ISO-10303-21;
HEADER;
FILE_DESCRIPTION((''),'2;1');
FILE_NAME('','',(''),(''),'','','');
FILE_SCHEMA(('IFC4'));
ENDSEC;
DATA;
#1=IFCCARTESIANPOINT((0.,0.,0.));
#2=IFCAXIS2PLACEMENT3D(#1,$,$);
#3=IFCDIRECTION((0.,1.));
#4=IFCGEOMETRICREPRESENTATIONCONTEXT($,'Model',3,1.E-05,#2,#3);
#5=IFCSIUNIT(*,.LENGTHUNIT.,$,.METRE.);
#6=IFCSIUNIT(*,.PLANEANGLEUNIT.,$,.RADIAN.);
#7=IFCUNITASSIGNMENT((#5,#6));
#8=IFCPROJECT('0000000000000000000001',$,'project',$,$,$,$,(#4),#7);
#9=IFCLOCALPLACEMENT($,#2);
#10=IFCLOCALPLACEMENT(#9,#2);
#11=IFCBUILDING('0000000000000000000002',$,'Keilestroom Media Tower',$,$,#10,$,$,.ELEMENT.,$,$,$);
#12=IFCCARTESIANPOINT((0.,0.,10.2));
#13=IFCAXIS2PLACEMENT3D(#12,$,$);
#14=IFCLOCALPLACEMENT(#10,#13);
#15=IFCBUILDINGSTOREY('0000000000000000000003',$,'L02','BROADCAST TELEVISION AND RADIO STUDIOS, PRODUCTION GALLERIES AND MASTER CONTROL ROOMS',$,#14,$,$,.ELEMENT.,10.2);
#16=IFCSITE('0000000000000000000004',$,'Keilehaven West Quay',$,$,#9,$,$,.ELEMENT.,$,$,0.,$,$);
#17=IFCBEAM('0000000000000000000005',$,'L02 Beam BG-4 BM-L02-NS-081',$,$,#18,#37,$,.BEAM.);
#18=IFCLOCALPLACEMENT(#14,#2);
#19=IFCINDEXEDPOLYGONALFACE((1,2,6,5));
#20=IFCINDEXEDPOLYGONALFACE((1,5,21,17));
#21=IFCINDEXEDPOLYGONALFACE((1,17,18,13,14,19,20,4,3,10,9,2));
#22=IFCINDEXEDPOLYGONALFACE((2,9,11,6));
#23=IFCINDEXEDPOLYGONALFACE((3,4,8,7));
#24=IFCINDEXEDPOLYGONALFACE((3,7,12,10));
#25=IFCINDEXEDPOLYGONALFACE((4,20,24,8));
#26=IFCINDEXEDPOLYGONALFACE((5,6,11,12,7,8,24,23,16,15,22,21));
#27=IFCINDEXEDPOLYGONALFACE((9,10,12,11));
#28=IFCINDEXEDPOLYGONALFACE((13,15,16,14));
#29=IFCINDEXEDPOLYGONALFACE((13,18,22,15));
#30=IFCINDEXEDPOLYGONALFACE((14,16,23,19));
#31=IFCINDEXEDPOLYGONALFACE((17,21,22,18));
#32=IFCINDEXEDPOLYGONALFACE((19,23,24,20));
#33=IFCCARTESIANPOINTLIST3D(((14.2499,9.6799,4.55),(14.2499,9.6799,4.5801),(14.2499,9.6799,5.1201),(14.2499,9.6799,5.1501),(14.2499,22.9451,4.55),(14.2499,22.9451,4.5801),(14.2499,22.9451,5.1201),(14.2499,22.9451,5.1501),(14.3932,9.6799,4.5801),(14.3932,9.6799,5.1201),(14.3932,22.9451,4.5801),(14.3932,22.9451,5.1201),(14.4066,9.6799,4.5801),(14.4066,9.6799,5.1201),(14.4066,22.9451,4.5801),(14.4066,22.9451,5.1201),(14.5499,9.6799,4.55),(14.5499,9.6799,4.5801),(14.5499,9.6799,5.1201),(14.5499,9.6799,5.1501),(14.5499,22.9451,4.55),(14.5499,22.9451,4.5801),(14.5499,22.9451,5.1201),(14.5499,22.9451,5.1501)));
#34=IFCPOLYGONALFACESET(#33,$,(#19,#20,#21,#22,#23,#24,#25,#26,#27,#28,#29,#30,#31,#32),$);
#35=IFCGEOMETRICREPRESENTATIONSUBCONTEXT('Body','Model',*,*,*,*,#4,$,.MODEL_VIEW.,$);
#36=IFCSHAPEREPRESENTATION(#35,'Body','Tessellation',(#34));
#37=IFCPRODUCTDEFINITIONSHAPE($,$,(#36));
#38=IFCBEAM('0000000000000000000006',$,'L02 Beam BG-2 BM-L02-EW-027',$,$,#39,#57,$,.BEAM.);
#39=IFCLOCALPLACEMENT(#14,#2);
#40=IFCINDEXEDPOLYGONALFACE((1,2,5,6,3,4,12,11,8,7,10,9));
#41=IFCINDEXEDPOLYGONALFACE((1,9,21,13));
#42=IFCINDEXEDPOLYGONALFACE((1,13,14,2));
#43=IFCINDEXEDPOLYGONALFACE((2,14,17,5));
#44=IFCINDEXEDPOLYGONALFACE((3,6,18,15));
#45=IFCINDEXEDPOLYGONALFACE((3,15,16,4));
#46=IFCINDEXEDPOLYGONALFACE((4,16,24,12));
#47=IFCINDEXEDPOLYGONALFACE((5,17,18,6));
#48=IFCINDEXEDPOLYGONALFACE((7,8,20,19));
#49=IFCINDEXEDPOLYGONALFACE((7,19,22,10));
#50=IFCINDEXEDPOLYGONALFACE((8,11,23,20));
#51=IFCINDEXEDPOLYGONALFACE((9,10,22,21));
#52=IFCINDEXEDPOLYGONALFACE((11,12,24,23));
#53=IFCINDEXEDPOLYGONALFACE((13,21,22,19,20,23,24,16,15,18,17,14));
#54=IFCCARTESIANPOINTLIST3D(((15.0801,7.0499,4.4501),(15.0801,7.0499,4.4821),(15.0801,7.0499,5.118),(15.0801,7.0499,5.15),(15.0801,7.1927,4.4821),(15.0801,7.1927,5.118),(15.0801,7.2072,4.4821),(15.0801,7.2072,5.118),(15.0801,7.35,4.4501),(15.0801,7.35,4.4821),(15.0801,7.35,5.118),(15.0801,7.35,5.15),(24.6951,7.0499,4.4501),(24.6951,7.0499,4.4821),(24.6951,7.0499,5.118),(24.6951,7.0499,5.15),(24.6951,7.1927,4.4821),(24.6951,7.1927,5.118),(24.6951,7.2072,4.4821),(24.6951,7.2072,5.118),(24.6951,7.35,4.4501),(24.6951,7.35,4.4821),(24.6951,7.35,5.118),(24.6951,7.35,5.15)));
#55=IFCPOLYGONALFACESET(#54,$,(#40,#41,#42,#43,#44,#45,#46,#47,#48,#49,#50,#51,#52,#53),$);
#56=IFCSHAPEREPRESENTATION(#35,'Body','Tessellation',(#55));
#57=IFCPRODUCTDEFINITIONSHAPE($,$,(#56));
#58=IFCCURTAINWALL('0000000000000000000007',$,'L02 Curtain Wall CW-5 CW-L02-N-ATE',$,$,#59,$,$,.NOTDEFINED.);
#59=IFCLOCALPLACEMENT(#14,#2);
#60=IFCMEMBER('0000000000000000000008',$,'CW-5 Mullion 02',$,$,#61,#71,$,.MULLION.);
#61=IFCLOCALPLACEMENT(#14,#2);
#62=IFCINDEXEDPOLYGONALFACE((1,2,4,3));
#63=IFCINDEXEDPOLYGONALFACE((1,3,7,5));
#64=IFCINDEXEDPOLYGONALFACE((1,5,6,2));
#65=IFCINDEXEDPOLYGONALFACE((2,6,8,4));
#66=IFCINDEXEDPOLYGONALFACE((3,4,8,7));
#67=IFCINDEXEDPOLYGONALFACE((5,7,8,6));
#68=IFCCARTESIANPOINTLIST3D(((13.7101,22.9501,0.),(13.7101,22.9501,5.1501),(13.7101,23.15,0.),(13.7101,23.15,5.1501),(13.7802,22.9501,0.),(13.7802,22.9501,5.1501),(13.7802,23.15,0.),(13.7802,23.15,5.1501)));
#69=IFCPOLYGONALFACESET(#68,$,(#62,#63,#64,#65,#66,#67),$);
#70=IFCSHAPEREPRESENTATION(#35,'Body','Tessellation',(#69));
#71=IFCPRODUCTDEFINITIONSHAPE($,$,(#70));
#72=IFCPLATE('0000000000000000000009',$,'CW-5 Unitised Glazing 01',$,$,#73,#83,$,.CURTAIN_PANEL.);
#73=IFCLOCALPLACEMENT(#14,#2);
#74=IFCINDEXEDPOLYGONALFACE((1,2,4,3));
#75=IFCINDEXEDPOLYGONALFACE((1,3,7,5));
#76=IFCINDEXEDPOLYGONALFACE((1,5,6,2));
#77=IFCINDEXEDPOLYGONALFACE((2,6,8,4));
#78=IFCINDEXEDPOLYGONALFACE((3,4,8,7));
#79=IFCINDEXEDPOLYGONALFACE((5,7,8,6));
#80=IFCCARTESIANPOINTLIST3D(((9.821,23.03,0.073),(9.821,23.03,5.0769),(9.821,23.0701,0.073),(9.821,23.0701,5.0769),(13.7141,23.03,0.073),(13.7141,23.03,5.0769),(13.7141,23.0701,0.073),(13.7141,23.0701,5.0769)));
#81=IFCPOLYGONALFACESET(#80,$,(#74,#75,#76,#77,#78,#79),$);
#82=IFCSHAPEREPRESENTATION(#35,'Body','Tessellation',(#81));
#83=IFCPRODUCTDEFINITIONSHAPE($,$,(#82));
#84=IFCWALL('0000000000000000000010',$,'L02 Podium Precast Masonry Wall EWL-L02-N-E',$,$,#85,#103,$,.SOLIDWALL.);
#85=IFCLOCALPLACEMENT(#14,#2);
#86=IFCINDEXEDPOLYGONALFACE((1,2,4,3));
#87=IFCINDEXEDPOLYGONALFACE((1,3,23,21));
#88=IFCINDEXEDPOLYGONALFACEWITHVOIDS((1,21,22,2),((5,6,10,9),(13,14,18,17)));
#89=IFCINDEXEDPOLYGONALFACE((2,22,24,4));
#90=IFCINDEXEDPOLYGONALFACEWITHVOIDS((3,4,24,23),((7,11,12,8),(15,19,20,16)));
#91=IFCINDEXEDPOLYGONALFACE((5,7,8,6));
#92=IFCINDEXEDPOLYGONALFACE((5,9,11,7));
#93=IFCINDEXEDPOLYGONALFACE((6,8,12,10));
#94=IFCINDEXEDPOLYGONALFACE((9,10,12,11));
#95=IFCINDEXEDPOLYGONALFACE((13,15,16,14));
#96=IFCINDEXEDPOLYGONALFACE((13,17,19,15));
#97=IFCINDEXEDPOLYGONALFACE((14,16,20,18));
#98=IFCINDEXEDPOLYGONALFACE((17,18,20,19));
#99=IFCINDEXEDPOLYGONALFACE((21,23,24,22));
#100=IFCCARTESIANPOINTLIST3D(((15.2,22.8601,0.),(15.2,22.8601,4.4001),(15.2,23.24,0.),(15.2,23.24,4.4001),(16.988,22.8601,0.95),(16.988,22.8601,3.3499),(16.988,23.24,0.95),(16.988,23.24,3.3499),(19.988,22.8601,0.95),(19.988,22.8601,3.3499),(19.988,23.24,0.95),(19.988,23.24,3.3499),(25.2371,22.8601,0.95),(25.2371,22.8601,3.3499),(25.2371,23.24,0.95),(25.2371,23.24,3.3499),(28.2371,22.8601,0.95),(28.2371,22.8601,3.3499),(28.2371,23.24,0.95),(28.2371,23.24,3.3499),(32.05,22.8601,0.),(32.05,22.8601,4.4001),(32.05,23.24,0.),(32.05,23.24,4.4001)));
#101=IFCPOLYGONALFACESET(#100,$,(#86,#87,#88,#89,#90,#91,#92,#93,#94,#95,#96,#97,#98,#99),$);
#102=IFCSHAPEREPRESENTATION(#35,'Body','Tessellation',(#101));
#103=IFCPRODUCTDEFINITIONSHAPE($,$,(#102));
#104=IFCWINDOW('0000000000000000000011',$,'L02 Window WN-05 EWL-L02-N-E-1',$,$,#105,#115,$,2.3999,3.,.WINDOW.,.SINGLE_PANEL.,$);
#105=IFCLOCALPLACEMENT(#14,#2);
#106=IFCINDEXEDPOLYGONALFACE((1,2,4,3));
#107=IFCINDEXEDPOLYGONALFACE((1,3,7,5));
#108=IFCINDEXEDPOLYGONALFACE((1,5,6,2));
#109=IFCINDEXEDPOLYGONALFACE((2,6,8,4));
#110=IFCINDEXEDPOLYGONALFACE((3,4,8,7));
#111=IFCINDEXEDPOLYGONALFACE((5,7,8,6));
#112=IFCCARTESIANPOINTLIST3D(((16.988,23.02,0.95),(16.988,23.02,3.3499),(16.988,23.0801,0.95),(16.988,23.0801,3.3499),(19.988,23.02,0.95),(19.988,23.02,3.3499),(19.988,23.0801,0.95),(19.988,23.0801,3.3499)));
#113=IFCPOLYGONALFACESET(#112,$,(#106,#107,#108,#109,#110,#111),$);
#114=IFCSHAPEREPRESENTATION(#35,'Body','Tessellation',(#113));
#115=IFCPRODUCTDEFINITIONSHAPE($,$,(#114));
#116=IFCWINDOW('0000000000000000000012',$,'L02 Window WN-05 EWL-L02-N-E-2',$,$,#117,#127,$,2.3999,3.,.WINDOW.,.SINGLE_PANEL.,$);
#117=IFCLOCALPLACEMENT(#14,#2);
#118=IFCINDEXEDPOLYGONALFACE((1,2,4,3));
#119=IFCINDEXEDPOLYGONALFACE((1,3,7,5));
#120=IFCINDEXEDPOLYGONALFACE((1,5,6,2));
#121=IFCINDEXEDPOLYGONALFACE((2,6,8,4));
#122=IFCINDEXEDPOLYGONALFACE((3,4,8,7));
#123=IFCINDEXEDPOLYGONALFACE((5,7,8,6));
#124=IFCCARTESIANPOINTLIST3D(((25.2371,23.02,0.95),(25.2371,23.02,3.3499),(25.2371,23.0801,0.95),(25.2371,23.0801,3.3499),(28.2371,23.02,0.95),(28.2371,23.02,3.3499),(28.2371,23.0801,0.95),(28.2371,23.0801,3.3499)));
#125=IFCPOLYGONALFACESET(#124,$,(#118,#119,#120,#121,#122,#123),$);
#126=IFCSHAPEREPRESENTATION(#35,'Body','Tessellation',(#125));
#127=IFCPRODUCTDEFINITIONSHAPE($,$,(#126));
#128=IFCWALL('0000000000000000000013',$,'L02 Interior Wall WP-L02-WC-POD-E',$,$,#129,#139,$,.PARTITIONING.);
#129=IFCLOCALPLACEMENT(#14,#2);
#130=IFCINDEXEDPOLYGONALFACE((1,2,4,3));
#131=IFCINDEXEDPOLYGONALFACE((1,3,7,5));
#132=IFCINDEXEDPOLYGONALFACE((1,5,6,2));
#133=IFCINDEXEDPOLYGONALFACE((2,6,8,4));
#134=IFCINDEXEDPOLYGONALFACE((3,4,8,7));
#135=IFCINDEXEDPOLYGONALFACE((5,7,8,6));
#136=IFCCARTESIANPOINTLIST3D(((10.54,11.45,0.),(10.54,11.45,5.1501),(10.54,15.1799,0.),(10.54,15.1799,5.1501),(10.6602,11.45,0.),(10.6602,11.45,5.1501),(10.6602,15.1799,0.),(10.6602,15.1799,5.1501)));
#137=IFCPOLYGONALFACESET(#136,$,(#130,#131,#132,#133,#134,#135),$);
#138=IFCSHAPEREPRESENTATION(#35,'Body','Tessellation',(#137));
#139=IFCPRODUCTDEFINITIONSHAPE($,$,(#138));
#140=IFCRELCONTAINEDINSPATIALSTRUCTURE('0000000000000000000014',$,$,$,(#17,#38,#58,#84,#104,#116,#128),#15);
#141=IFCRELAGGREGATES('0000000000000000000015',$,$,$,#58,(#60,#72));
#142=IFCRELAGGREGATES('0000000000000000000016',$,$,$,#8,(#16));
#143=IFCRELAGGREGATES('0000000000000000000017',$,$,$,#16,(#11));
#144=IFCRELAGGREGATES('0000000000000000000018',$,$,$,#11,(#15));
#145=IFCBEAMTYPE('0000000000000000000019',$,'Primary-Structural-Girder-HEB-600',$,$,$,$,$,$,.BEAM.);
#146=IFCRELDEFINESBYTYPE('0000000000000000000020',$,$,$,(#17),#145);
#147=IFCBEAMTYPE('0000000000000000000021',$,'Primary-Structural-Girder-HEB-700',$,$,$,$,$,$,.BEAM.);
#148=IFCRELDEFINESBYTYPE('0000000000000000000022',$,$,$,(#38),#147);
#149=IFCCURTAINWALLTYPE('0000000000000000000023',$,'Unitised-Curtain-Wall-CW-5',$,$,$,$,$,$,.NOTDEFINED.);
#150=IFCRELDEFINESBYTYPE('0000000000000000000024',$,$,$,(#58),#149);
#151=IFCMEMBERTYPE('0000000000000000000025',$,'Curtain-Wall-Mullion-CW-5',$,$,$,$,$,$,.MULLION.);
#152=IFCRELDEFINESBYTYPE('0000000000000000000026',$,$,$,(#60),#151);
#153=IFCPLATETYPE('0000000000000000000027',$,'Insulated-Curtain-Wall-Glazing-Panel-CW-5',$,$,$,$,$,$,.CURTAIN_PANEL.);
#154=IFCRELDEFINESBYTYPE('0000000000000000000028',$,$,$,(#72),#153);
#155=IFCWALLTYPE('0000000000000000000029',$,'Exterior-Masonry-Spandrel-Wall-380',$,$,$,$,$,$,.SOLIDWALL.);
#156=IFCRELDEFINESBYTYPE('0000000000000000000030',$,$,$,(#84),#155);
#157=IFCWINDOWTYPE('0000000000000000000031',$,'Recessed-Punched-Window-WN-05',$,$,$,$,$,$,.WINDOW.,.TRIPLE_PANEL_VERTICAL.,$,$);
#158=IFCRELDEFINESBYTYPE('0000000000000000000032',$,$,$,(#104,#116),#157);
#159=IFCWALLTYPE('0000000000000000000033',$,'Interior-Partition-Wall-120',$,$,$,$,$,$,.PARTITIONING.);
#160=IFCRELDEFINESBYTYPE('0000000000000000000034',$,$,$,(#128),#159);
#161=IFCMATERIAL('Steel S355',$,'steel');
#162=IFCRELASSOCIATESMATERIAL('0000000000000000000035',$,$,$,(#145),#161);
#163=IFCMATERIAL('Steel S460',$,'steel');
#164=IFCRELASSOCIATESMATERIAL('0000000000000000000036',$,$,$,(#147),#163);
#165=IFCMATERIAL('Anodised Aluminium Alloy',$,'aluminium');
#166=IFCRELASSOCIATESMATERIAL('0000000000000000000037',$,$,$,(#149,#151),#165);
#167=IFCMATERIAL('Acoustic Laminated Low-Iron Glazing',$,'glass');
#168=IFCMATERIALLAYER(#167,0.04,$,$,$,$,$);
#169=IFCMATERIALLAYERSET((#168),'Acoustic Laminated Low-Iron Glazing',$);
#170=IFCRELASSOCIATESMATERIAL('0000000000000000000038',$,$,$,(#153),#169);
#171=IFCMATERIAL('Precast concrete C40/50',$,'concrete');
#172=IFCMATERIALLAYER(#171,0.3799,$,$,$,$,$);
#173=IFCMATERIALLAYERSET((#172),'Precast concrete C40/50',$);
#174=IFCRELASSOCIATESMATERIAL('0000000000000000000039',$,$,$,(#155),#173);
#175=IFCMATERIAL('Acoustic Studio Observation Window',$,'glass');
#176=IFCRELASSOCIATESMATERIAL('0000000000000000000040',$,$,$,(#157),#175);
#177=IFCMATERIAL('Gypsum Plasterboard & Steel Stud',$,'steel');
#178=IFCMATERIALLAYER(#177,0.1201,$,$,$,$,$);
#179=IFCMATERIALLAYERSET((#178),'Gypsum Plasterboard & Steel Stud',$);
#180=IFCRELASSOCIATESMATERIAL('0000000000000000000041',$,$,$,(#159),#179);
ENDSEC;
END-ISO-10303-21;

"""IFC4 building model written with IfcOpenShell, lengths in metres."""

from ifc_helpers import new_model, si_unit, direction, frame, frame_2d, origin, origin_2d, place, context, subcontext, project, spatial, rectangle, i_section, extrude, source, transform, mapped, material, layer, layer_set, material_profile, profile_set, type_object, element, fill, aggregate, save


model = new_model("IFC4")

# Units and contexts
model_context = context("Model", 3, precision=1e-05, world=origin(), true_north=direction((0.0, 1.0)))
body_context = subcontext(model_context, "Body", "Model", "MODEL_VIEW")
ifc_project = project(units=[si_unit("LENGTHUNIT", "METRE"), si_unit("PLANEANGLEUNIT", "RADIAN")], contexts=[model_context])

# Site, building, storey
site_placement = place(None, origin())
site = spatial("IfcSite", under=ifc_project, at=site_placement, Name="Keilehaven West Quay", CompositionType="ELEMENT", RefElevation=0.0)
building_placement = place(site_placement, origin())
building = spatial("IfcBuilding", under=site, at=building_placement, Name="Keilestroom Media Tower", CompositionType="ELEMENT")
storey_placement = place(building_placement, frame((0.0, 0.0, 10.2)))
storey = spatial("IfcBuildingStorey", under=building, at=storey_placement, Name="L02", Description="BROADCAST TELEVISION AND RADIO STUDIOS, PRODUCTION GALLERIES AND MASTER CONTROL ROOMS", CompositionType="ELEMENT", Elevation=10.2)

# Shared definitions
ifc_material_1 = material(Name="Precast concrete C40/50", Category="concrete")

# Beams
ifc_material_2 = material(Name="Steel S355", Category="steel")
ifc_material_profile_1 = material_profile(ifc_material_2, i_section(OverallWidth=0.3, OverallDepth=0.6001, WebThickness=0.0134, FlangeThickness=0.03, at=origin_2d()), Name="HEB 600")
ifc_profile_set_1 = profile_set([ifc_material_profile_1], Name="Steel S355")
beam_type_1 = type_object("IfcBeamType", Name="Primary-Structural-Girder-HEB-600", PredefinedType="BEAM", material=ifc_profile_set_1)
shared_shape_1 = source(origin(), body_context, "Body", "SweptSolid", [
    extrude(i_section(OverallWidth=0.3, OverallDepth=0.6001, WebThickness=0.0134, FlangeThickness=0.03, at=origin_2d()), origin(), (0.0, 0.0, 1.0), 13.2651),
])
beam_1_placement = place(storey_placement, frame((14.3999, 9.6799, 4.8501), z_axis=(0.0, 1.0, 0.0), x_axis=(-1.0, 0.0, 0.0)))
element("IfcBeam", 1, at=beam_1_placement, inside=storey, type_object=beam_type_1, Name="L02 Beam BG-4 BM-L02-NS-081", PredefinedType="BEAM", context=body_context, shape_type="MappedRepresentation", body=[
    mapped(shared_shape_1, transform((0.0, 0.0, 0.0), x_axis=(1.0, 0.0, 0.0), y_axis=(0.0, 1.0, 0.0), z_axis=(0.0, 0.0, 1.0), scale=1.0)),
])
ifc_material_3 = material(Name="Steel S460", Category="steel")
ifc_material_profile_2 = material_profile(ifc_material_3, i_section(OverallWidth=0.3, OverallDepth=0.7, WebThickness=0.0144, FlangeThickness=0.032, at=origin_2d()), Name="HEB 700")
ifc_profile_set_2 = profile_set([ifc_material_profile_2], Name="Steel S460")
beam_type_2 = type_object("IfcBeamType", Name="Primary-Structural-Girder-HEB-700", PredefinedType="BEAM", material=ifc_profile_set_2)
shared_shape_2 = source(origin(), body_context, "Body", "SweptSolid", [
    extrude(i_section(OverallWidth=0.3, OverallDepth=0.7, WebThickness=0.0144, FlangeThickness=0.032, at=origin_2d()), origin(), (0.0, 0.0, 1.0), 9.615),
])
beam_2_placement = place(storey_placement, frame((15.0801, 7.2, 4.8), z_axis=(1.0, 0.0, 0.0), x_axis=(0.0, 1.0, 0.0)))
element("IfcBeam", 2, at=beam_2_placement, inside=storey, type_object=beam_type_2, Name="L02 Beam BG-2 BM-L02-EW-027", PredefinedType="BEAM", context=body_context, shape_type="MappedRepresentation", body=[
    mapped(shared_shape_2, transform((0.0, 0.0, 0.0), x_axis=(1.0, 0.0, 0.0), y_axis=(0.0, 1.0, 0.0), z_axis=(0.0, 0.0, 1.0), scale=1.0)),
])

# Curtain wall, member, plate
ifc_material_4 = material(Name="Anodised Aluminium Alloy", Category="aluminium")
curtain_wall_type = type_object("IfcCurtainWallType", Name="Unitised-Curtain-Wall-CW-5", PredefinedType="NOTDEFINED", material=ifc_material_4)
curtain_wall_placement = place(storey_placement, origin())
curtain_wall = element("IfcCurtainWall", 3, at=curtain_wall_placement, inside=storey, type_object=curtain_wall_type, Name="L02 Curtain Wall CW-5 CW-L02-N-ATE", PredefinedType="NOTDEFINED")
ifc_material_profile_3 = material_profile(ifc_material_4, rectangle(XDim=0.0701, YDim=0.2, at=origin_2d()), Name="ALU MULLION 70x200")
ifc_profile_set_3 = profile_set([ifc_material_profile_3], Name="Anodised Aluminium Alloy")
member_type = type_object("IfcMemberType", Name="Curtain-Wall-Mullion-CW-5", PredefinedType="MULLION", material=ifc_profile_set_3)
shared_shape_3 = source(origin(), body_context, "Body", "SweptSolid", [
    extrude(rectangle(XDim=0.0701, YDim=0.2, at=origin_2d()), origin(), (0.0, 0.0, 1.0), 5.1501),
])
member_placement = place(storey_placement, frame((13.7451, 23.05, 0.0), z_axis=(0.0, 0.0, 1.0), x_axis=(1.0, 0.0, 0.0)))
member = element("IfcMember", 4, at=member_placement, type_object=member_type, Name="CW-5 Mullion 02", PredefinedType="MULLION", context=body_context, shape_type="MappedRepresentation", body=[
    mapped(shared_shape_3, transform((0.0, 0.0, 0.0), x_axis=(1.0, 0.0, 0.0), y_axis=(0.0, 1.0, 0.0), z_axis=(0.0, 0.0, 1.0), scale=1.0)),
])
ifc_material_5 = material(Name="Acoustic Laminated Low-Iron Glazing", Category="glass")
ifc_layer_1 = layer(ifc_material_5, 0.04)
ifc_layer_set_1 = layer_set([ifc_layer_1], Name="Acoustic Laminated Low-Iron Glazing")
plate_type = type_object("IfcPlateType", Name="Insulated-Curtain-Wall-Glazing-Panel-CW-5", PredefinedType="CURTAIN_PANEL", material=ifc_layer_set_1)
shared_shape_4 = source(origin(), body_context, "Body", "SweptSolid", [
    extrude(rectangle(XDim=3.8931, YDim=0.04, at=origin_2d()), origin(), (0.0, 0.0, 1.0), 5.0039),
])
plate_placement = place(storey_placement, frame((11.7676, 23.05, 0.073), z_axis=(0.0, 0.0, 1.0), x_axis=(1.0, 0.0, 0.0)))
plate = element("IfcPlate", 5, at=plate_placement, type_object=plate_type, Name="CW-5 Unitised Glazing 01", PredefinedType="CURTAIN_PANEL", context=body_context, shape_type="MappedRepresentation", body=[
    mapped(shared_shape_4, transform((0.0, 0.0, 0.0), x_axis=(1.0, 0.0, 0.0), y_axis=(0.0, 1.0, 0.0), z_axis=(0.0, 0.0, 1.0), scale=1.0)),
])
aggregate(curtain_wall, [member, plate])

# Wall, openings, windows
ifc_layer_2 = layer(ifc_material_1, 0.3799)
ifc_layer_set_2 = layer_set([ifc_layer_2], Name="Precast concrete C40/50")
wall_type_1 = type_object("IfcWallType", Name="Exterior-Masonry-Spandrel-Wall-380", PredefinedType="SOLIDWALL", material=ifc_layer_set_2)
wall_1_placement = place(storey_placement, frame((15.2, 23.05, 0.0), z_axis=(0.0, 0.0, 1.0), x_axis=(1.0, 0.0, 0.0)))
wall_1 = element("IfcWall", 6, at=wall_1_placement, inside=storey, type_object=wall_type_1, Name="L02 Podium Precast Masonry Wall EWL-L02-N-E", PredefinedType="SOLIDWALL", context=body_context, shape_type="SweptSolid", body=[
    extrude(rectangle(XDim=16.8501, YDim=0.3799, at=frame_2d((8.425, 0.0))), origin(), (0.0, 0.0, 1.0), 4.4001),
])
opening_1_placement = place(wall_1_placement, frame((1.7881, 0.0, 0.95)))
opening_1 = element("IfcOpeningElement", 7, at=opening_1_placement, cuts=wall_1, PredefinedType="OPENING", context=body_context, shape_type="SweptSolid", body=[
    extrude(rectangle(XDim=3.0, YDim=2.3999, at=frame_2d((1.5, 1.2))), frame((0.0, 0.2, 0.0), z_axis=(0.0, -1.0, 0.0), x_axis=(1.0, 0.0, 0.0)), (0.0, 0.0, 1.0), 0.3999),
])
opening_2_placement = place(wall_1_placement, frame((10.0371, 0.0, 0.95)))
opening_2 = element("IfcOpeningElement", 8, at=opening_2_placement, cuts=wall_1, PredefinedType="OPENING", context=body_context, shape_type="SweptSolid", body=[
    extrude(rectangle(XDim=3.0, YDim=2.3999, at=frame_2d((1.5, 1.2))), frame((0.0, 0.2, 0.0), z_axis=(0.0, -1.0, 0.0), x_axis=(1.0, 0.0, 0.0)), (0.0, 0.0, 1.0), 0.3999),
])
ifc_material_6 = material(Name="Acoustic Studio Observation Window", Category="glass")
window_type = type_object("IfcWindowType", Name="Recessed-Punched-Window-WN-05", PartitioningType="TRIPLE_PANEL_VERTICAL", PredefinedType="WINDOW", material=ifc_material_6)
shared_shape_5 = source(origin(), body_context, "Body", "SweptSolid", [
    extrude(rectangle(XDim=3.0, YDim=2.3999, at=frame_2d((1.5, 1.2))), frame((0.0, 0.03, 0.0), z_axis=(0.0, -1.0, 0.0), x_axis=(1.0, 0.0, 0.0)), (0.0, 0.0, 1.0), 0.0601),
])
window_1_placement = place(opening_1_placement, origin())
window_1 = element("IfcWindow", 9, at=window_1_placement, inside=storey, type_object=window_type, Name="L02 Window WN-05 EWL-L02-N-E-1", OverallHeight=2.3999, OverallWidth=3.0, PartitioningType="SINGLE_PANEL", PredefinedType="WINDOW", context=body_context, shape_type="MappedRepresentation", body=[
    mapped(shared_shape_5, transform((0.0, 0.0, 0.0), x_axis=(1.0, 0.0, 0.0), y_axis=(0.0, 1.0, 0.0), z_axis=(0.0, 0.0, 1.0), scale=1.0)),
])
fill(opening_1, window_1)
window_2_placement = place(opening_2_placement, origin())
window_2 = element("IfcWindow", 10, at=window_2_placement, inside=storey, type_object=window_type, Name="L02 Window WN-05 EWL-L02-N-E-2", OverallHeight=2.3999, OverallWidth=3.0, PartitioningType="SINGLE_PANEL", PredefinedType="WINDOW", context=body_context, shape_type="MappedRepresentation", body=[
    mapped(shared_shape_5, transform((0.0, 0.0, 0.0), x_axis=(1.0, 0.0, 0.0), y_axis=(0.0, 1.0, 0.0), z_axis=(0.0, 0.0, 1.0), scale=1.0)),
])
fill(opening_2, window_2)

# Wall
ifc_material_7 = material(Name="Gypsum Plasterboard & Steel Stud", Category="steel")
ifc_layer_3 = layer(ifc_material_7, 0.1201)
ifc_layer_set_3 = layer_set([ifc_layer_3], Name="Gypsum Plasterboard & Steel Stud")
wall_type_2 = type_object("IfcWallType", Name="Interior-Partition-Wall-120", PredefinedType="PARTITIONING", material=ifc_layer_set_3)
wall_2_placement = place(storey_placement, frame((10.6001, 11.45, 0.0), z_axis=(0.0, 0.0, 1.0), x_axis=(0.0, 1.0, 0.0)))
element("IfcWall", 11, at=wall_2_placement, inside=storey, type_object=wall_type_2, Name="L02 Interior Wall WP-L02-WC-POD-E", PredefinedType="PARTITIONING", context=body_context, shape_type="SweptSolid", body=[
    extrude(rectangle(XDim=3.73, YDim=0.1201, at=frame_2d((1.865, 0.0))), origin(), (0.0, 0.0, 1.0), 5.1501),
])

save(model, "model.ifc")
